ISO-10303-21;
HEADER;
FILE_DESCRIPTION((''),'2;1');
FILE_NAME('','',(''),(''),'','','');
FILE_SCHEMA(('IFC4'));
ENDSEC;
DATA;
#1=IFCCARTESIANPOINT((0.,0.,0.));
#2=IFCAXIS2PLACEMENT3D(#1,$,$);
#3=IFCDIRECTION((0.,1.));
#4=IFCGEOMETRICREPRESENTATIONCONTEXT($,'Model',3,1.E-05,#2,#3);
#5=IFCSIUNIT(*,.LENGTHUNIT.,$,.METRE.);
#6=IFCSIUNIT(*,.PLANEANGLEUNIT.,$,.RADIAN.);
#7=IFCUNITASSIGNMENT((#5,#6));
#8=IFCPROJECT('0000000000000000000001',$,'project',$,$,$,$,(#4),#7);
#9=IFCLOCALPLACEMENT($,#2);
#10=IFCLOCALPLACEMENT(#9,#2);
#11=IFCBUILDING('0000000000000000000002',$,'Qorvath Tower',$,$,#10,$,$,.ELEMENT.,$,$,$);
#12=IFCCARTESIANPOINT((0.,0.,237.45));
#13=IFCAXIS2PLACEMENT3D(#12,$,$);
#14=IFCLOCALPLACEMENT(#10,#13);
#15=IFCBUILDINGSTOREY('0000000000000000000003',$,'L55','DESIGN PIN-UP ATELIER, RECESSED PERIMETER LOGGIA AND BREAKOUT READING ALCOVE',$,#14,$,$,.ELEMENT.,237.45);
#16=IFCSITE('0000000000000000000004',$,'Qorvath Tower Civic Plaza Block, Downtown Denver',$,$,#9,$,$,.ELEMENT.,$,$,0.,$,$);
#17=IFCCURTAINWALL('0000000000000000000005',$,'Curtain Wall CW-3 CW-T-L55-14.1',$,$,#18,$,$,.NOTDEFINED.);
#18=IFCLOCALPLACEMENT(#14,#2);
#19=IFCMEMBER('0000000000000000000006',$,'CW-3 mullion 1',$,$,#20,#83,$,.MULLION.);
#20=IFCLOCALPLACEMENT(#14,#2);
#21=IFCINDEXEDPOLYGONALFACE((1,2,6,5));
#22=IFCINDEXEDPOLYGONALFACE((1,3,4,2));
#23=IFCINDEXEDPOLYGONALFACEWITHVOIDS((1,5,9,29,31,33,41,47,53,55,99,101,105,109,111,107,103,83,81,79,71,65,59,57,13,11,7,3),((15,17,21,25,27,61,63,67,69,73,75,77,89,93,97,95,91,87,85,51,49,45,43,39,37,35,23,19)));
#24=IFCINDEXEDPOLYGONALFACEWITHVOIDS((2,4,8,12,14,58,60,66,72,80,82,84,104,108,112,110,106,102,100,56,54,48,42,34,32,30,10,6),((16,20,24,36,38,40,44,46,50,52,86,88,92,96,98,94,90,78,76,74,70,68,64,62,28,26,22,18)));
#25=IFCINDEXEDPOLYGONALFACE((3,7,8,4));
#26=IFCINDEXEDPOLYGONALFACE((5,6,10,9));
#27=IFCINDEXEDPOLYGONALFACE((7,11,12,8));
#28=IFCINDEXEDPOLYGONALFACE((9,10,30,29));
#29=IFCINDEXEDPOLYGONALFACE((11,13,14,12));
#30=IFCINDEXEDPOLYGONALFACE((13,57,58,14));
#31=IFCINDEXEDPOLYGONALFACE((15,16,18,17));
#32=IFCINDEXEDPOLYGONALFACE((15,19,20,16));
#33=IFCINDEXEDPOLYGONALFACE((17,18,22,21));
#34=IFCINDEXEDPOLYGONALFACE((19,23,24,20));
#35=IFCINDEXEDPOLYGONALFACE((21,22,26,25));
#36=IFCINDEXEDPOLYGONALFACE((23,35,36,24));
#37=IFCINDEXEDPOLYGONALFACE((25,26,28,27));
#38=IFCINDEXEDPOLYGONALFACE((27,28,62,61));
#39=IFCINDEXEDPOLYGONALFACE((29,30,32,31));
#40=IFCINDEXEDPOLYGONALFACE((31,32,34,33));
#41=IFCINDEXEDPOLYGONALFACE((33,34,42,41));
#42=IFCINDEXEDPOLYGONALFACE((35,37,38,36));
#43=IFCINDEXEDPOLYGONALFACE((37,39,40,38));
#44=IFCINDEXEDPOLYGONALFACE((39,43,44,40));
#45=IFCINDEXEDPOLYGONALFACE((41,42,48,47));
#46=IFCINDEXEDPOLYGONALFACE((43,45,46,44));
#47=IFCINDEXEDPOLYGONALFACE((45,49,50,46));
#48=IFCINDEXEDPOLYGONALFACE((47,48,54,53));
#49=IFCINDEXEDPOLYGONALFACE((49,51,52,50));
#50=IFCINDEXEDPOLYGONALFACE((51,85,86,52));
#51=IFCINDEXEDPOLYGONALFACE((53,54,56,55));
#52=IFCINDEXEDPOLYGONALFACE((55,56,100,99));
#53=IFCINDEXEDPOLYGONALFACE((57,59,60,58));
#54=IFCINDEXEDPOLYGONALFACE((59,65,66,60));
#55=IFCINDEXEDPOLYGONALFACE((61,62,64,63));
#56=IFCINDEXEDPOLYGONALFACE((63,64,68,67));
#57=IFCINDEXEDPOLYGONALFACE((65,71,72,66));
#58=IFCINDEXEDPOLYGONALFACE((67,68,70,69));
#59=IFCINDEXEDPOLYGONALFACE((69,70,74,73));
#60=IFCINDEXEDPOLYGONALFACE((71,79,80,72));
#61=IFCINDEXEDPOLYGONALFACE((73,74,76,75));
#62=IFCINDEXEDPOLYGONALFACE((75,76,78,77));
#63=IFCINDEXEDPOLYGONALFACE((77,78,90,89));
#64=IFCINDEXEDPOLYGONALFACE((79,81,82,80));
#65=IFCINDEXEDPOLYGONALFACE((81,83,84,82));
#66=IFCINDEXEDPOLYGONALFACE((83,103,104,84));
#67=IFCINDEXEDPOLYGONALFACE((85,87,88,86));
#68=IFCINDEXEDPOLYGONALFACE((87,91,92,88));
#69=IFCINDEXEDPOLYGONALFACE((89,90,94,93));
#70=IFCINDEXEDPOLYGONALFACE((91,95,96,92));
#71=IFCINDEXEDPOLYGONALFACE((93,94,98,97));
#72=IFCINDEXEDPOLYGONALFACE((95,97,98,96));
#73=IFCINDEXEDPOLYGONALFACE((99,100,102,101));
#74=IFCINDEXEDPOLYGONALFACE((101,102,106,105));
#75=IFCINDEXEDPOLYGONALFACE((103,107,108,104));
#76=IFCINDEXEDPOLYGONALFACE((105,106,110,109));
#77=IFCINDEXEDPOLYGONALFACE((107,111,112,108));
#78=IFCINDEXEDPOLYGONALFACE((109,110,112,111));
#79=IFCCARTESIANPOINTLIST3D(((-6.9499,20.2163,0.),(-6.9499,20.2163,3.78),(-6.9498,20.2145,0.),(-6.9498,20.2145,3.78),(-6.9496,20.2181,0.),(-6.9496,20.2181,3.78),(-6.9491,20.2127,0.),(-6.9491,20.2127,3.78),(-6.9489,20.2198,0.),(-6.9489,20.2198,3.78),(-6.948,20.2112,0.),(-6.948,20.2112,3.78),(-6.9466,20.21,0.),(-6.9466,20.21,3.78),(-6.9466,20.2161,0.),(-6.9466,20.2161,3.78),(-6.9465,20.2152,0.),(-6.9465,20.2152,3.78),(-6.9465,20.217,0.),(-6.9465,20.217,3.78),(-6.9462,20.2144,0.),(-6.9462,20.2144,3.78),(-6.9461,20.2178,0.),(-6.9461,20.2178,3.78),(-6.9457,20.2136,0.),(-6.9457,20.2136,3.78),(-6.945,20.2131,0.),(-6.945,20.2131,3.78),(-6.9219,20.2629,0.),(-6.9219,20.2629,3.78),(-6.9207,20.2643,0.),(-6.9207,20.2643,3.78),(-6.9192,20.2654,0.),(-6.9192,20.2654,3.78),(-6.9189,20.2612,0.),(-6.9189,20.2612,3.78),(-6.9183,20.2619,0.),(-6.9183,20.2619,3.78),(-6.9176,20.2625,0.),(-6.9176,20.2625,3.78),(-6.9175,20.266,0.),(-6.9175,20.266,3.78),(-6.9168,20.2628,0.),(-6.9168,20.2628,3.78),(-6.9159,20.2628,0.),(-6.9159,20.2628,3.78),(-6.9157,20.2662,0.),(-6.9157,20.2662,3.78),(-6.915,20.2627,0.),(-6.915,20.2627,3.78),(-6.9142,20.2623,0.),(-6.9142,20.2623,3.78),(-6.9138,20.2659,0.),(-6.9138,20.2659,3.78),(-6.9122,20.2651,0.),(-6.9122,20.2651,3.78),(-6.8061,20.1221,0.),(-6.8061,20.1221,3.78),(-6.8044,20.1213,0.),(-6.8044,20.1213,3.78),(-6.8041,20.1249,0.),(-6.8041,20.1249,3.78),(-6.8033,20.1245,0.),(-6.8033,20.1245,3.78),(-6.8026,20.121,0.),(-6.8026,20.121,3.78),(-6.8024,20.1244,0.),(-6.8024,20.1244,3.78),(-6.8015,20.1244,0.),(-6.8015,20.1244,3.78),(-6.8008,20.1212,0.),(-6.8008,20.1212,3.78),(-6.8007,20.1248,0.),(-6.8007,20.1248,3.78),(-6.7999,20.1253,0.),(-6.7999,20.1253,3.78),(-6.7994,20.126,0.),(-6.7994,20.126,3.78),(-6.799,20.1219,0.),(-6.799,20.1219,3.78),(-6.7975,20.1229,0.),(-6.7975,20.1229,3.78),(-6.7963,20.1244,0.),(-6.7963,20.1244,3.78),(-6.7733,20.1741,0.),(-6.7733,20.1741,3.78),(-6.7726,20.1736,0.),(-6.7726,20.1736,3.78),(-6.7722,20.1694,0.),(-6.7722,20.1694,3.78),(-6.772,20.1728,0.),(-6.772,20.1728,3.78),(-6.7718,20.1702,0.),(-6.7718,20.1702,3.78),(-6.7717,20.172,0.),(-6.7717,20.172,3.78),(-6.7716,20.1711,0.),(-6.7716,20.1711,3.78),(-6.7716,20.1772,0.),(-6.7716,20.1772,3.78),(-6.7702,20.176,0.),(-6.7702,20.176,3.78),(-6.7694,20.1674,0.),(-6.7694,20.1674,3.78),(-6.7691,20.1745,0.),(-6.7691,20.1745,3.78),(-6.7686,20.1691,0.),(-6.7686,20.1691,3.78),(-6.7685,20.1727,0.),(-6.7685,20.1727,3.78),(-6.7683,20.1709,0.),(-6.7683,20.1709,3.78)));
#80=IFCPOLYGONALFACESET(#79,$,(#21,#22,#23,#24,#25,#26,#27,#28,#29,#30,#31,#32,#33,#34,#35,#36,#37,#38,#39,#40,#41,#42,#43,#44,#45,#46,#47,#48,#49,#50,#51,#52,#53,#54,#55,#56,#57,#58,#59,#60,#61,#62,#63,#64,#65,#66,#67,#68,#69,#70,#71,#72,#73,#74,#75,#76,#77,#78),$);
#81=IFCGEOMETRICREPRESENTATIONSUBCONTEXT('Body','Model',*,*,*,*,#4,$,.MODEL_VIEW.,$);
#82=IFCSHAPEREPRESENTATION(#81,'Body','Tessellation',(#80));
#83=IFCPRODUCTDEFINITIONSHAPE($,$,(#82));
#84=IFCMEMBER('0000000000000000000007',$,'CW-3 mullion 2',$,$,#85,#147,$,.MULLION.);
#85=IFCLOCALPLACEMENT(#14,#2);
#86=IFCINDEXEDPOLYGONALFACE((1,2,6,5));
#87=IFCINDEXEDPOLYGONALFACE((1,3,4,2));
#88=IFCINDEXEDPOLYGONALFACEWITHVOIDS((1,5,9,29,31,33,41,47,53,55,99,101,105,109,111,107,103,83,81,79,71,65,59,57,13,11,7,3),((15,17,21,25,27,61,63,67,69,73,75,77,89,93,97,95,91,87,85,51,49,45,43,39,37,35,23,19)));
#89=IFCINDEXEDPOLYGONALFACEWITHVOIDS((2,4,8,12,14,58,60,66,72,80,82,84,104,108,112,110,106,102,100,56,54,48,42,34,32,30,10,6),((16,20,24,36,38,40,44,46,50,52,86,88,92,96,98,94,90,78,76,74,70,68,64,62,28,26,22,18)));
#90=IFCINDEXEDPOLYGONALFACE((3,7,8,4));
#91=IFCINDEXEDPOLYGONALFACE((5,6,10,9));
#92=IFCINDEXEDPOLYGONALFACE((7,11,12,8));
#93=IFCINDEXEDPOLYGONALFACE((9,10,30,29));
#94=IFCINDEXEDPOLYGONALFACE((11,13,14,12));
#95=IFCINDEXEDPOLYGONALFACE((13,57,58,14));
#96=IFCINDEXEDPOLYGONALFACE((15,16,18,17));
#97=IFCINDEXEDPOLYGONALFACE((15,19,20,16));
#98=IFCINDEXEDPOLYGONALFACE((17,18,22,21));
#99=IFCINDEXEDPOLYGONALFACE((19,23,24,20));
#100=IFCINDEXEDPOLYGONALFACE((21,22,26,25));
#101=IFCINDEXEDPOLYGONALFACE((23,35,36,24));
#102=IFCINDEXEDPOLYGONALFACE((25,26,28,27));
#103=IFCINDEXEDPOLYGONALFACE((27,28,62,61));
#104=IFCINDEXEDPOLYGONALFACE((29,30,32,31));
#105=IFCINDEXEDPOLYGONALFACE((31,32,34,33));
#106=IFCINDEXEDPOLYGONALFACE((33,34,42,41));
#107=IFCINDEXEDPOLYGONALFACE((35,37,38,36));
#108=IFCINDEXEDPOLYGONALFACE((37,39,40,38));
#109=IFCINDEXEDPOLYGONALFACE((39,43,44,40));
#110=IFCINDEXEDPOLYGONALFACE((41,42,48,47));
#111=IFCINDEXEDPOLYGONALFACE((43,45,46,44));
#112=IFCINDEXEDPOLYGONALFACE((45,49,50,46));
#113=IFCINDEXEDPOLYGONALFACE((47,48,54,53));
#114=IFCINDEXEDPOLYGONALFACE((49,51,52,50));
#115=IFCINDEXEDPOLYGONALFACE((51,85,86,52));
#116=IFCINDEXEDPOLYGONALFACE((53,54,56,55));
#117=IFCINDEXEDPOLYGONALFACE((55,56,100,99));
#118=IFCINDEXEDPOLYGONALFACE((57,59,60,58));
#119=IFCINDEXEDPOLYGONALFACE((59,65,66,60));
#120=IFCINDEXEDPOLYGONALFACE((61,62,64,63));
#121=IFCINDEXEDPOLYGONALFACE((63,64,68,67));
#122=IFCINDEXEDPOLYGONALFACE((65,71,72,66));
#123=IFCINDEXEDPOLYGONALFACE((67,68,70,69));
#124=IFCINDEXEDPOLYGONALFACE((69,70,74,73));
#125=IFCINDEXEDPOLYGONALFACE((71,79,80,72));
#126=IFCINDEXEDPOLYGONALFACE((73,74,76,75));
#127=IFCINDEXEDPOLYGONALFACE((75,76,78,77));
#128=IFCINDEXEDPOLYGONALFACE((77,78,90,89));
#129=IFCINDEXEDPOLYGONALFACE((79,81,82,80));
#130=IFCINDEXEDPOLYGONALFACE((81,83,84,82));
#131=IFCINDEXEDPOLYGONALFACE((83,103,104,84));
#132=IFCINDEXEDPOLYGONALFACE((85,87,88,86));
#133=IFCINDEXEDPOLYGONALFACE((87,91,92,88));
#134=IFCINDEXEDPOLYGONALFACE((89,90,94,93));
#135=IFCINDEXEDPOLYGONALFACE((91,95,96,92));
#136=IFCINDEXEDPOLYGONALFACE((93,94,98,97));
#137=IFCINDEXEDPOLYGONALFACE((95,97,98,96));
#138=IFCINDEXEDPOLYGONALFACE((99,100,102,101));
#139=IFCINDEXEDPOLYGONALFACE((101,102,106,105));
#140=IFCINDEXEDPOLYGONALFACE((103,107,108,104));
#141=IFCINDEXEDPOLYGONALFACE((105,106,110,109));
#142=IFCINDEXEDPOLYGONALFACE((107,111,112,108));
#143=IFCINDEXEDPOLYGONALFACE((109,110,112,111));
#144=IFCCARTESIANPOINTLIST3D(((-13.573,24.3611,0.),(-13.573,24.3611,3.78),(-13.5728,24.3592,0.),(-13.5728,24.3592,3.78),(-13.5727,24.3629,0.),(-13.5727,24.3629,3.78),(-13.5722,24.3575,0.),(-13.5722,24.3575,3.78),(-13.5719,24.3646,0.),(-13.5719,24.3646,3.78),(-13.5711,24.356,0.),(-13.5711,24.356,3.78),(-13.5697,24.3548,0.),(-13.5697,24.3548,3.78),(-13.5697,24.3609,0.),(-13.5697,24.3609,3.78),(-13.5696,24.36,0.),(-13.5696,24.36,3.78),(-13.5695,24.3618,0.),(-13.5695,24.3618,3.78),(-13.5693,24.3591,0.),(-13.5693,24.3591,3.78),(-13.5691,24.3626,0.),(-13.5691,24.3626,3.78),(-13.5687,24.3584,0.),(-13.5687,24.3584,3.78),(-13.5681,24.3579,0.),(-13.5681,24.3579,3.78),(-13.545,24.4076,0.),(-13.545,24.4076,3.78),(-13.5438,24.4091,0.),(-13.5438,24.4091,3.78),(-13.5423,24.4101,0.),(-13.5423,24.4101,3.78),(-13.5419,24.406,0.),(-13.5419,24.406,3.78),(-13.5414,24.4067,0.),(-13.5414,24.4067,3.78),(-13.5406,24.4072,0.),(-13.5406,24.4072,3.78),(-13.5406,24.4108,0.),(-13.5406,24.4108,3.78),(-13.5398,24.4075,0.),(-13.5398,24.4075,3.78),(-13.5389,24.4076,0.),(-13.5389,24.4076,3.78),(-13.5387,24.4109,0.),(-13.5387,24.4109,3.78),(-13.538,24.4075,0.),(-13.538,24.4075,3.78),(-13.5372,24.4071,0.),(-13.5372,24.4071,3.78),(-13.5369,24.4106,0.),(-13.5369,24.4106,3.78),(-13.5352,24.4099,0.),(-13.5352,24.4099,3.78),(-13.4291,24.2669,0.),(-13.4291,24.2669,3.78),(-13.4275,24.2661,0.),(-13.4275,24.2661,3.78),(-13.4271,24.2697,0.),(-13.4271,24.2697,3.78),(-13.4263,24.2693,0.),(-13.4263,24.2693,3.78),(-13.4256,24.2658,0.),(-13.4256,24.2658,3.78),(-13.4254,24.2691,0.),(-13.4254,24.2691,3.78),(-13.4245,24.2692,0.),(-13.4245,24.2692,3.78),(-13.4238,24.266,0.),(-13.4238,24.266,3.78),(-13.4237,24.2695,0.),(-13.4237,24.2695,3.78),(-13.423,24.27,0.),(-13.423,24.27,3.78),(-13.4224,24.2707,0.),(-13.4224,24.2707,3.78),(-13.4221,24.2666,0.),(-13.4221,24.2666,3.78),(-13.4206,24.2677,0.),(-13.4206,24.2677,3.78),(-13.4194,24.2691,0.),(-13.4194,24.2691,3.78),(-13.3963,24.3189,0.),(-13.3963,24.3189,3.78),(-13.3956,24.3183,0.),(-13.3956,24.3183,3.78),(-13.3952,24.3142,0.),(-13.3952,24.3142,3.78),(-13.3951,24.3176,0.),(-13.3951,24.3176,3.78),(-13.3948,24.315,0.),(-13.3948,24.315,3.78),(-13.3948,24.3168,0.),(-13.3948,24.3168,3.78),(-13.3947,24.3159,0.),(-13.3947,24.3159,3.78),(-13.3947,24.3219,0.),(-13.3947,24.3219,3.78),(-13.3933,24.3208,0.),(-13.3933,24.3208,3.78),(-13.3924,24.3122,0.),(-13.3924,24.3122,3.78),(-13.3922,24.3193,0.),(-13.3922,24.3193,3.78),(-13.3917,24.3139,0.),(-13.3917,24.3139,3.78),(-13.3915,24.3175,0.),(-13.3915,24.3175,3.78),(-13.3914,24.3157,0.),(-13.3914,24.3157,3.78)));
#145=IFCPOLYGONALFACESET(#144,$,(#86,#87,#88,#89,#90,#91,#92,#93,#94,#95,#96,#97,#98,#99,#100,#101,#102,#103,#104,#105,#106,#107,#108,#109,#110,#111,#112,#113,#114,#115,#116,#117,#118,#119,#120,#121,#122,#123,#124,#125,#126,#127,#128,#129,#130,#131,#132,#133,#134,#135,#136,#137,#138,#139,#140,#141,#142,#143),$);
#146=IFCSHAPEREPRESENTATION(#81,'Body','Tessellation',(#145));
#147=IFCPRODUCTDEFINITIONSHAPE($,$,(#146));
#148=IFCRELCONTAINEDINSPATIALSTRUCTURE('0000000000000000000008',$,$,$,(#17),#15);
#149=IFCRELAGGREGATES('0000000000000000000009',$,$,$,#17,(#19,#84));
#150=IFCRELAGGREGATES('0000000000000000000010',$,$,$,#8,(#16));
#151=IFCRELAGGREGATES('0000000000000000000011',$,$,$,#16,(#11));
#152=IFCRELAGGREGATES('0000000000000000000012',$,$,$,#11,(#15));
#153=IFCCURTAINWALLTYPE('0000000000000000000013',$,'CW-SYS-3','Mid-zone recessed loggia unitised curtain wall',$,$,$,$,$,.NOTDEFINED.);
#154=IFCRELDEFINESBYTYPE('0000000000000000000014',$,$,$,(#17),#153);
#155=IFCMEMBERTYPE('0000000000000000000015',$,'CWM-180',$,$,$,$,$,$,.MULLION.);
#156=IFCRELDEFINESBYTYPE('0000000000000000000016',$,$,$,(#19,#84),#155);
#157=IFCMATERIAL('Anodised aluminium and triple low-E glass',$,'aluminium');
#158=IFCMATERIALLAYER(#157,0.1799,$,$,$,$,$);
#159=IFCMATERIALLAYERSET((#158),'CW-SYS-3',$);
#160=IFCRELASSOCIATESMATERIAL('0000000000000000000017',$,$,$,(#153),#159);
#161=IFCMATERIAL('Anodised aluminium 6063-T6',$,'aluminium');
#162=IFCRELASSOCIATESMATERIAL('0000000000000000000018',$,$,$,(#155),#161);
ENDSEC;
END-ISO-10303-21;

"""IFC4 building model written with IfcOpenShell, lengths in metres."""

from ifc_helpers import new_model, si_unit, direction, frame, origin, origin_2d, place, context, subcontext, project, spatial, hollow_rectangle, extrude, material, layer, layer_set, material_profile, profile_set, type_object, element, aggregate, save


model = new_model("IFC4")

# Units and contexts
model_context = context("Model", 3, precision=1e-05, world=origin(), true_north=direction((0.0, 1.0)))
body_context = subcontext(model_context, "Body", "Model", "MODEL_VIEW")
ifc_project = project(units=[si_unit("LENGTHUNIT", "METRE"), si_unit("PLANEANGLEUNIT", "RADIAN")], contexts=[model_context])

# Site, building, storey
site_placement = place(None, origin())
site = spatial("IfcSite", under=ifc_project, at=site_placement, Name="Qorvath Tower Civic Plaza Block, Downtown Denver", CompositionType="ELEMENT", RefElevation=0.0)
building_placement = place(site_placement, origin())
building = spatial("IfcBuilding", under=site, at=building_placement, Name="Qorvath Tower", CompositionType="ELEMENT")
storey_placement = place(building_placement, frame((0.0, 0.0, 237.45)))
storey = spatial("IfcBuildingStorey", under=building, at=storey_placement, Name="L55", Description="DESIGN PIN-UP ATELIER, RECESSED PERIMETER LOGGIA AND BREAKOUT READING ALCOVE", CompositionType="ELEMENT", Elevation=237.45)

# Shared definitions
ifc_material_1 = material(Name="Anodised aluminium and triple low-E glass", Category="aluminium")
ifc_layer_1 = layer(ifc_material_1, 0.1799)
ifc_layer_set_1 = layer_set([ifc_layer_1], Name="CW-SYS-3")
curtain_wall_type = type_object("IfcCurtainWallType", Name="CW-SYS-3", Description="Mid-zone recessed loggia unitised curtain wall", PredefinedType="NOTDEFINED", material=ifc_layer_set_1)
ifc_material_2 = material(Name="Anodised aluminium 6063-T6", Category="aluminium")
ifc_material_profile_1 = material_profile(ifc_material_2, hollow_rectangle(XDim=0.0649, YDim=0.1799, WallThickness=0.0034, InnerFilletRadius=0.0034, OuterFilletRadius=0.0071, at=origin_2d()), Name="CWM 180x65")
ifc_profile_set_1 = profile_set([ifc_material_profile_1], Name="Anodised aluminium 6063-T6")
member_type_1 = type_object("IfcMemberType", Name="CWM-180", PredefinedType="MULLION", material=ifc_profile_set_1)

# Curtain wall, members
curtain_wall_1_placement = place(storey_placement, origin())
curtain_wall_1 = element("IfcCurtainWall", 1, at=curtain_wall_1_placement, inside=storey, type_object=curtain_wall_type, Name="Curtain Wall CW-3 CW-T-L55-14.1", PredefinedType="NOTDEFINED")
member_1_placement = place(storey_placement, frame((-6.8591, 20.1936, 0.0), z_axis=(0.0, 0.0, 1.0), x_axis=(-0.530497, -0.847687, 0.0)))
member_1 = element("IfcMember", 2, at=member_1_placement, type_object=member_type_1, Name="CW-3 mullion 1", PredefinedType="MULLION", context=body_context, shape_type="SweptSolid", body=[
    extrude(hollow_rectangle(XDim=0.0649, YDim=0.1799, WallThickness=0.0034, InnerFilletRadius=0.0034, OuterFilletRadius=0.0071, at=origin_2d()), origin(), (0.0, 0.0, 1.0), 3.78),
])
member_2_placement = place(storey_placement, frame((-13.4822, 24.3384, 0.0), z_axis=(0.0, 0.0, 1.0), x_axis=(-0.530497, -0.847687, 0.0)))
member_2 = element("IfcMember", 3, at=member_2_placement, type_object=member_type_1, Name="CW-3 mullion 2", PredefinedType="MULLION", context=body_context, shape_type="SweptSolid", body=[
    extrude(hollow_rectangle(XDim=0.0649, YDim=0.1799, WallThickness=0.0034, InnerFilletRadius=0.0034, OuterFilletRadius=0.0071, at=origin_2d()), origin(), (0.0, 0.0, 1.0), 3.78),
])

aggregate(curtain_wall_1, [member_1, member_2])

save(model, "model.ifc")
